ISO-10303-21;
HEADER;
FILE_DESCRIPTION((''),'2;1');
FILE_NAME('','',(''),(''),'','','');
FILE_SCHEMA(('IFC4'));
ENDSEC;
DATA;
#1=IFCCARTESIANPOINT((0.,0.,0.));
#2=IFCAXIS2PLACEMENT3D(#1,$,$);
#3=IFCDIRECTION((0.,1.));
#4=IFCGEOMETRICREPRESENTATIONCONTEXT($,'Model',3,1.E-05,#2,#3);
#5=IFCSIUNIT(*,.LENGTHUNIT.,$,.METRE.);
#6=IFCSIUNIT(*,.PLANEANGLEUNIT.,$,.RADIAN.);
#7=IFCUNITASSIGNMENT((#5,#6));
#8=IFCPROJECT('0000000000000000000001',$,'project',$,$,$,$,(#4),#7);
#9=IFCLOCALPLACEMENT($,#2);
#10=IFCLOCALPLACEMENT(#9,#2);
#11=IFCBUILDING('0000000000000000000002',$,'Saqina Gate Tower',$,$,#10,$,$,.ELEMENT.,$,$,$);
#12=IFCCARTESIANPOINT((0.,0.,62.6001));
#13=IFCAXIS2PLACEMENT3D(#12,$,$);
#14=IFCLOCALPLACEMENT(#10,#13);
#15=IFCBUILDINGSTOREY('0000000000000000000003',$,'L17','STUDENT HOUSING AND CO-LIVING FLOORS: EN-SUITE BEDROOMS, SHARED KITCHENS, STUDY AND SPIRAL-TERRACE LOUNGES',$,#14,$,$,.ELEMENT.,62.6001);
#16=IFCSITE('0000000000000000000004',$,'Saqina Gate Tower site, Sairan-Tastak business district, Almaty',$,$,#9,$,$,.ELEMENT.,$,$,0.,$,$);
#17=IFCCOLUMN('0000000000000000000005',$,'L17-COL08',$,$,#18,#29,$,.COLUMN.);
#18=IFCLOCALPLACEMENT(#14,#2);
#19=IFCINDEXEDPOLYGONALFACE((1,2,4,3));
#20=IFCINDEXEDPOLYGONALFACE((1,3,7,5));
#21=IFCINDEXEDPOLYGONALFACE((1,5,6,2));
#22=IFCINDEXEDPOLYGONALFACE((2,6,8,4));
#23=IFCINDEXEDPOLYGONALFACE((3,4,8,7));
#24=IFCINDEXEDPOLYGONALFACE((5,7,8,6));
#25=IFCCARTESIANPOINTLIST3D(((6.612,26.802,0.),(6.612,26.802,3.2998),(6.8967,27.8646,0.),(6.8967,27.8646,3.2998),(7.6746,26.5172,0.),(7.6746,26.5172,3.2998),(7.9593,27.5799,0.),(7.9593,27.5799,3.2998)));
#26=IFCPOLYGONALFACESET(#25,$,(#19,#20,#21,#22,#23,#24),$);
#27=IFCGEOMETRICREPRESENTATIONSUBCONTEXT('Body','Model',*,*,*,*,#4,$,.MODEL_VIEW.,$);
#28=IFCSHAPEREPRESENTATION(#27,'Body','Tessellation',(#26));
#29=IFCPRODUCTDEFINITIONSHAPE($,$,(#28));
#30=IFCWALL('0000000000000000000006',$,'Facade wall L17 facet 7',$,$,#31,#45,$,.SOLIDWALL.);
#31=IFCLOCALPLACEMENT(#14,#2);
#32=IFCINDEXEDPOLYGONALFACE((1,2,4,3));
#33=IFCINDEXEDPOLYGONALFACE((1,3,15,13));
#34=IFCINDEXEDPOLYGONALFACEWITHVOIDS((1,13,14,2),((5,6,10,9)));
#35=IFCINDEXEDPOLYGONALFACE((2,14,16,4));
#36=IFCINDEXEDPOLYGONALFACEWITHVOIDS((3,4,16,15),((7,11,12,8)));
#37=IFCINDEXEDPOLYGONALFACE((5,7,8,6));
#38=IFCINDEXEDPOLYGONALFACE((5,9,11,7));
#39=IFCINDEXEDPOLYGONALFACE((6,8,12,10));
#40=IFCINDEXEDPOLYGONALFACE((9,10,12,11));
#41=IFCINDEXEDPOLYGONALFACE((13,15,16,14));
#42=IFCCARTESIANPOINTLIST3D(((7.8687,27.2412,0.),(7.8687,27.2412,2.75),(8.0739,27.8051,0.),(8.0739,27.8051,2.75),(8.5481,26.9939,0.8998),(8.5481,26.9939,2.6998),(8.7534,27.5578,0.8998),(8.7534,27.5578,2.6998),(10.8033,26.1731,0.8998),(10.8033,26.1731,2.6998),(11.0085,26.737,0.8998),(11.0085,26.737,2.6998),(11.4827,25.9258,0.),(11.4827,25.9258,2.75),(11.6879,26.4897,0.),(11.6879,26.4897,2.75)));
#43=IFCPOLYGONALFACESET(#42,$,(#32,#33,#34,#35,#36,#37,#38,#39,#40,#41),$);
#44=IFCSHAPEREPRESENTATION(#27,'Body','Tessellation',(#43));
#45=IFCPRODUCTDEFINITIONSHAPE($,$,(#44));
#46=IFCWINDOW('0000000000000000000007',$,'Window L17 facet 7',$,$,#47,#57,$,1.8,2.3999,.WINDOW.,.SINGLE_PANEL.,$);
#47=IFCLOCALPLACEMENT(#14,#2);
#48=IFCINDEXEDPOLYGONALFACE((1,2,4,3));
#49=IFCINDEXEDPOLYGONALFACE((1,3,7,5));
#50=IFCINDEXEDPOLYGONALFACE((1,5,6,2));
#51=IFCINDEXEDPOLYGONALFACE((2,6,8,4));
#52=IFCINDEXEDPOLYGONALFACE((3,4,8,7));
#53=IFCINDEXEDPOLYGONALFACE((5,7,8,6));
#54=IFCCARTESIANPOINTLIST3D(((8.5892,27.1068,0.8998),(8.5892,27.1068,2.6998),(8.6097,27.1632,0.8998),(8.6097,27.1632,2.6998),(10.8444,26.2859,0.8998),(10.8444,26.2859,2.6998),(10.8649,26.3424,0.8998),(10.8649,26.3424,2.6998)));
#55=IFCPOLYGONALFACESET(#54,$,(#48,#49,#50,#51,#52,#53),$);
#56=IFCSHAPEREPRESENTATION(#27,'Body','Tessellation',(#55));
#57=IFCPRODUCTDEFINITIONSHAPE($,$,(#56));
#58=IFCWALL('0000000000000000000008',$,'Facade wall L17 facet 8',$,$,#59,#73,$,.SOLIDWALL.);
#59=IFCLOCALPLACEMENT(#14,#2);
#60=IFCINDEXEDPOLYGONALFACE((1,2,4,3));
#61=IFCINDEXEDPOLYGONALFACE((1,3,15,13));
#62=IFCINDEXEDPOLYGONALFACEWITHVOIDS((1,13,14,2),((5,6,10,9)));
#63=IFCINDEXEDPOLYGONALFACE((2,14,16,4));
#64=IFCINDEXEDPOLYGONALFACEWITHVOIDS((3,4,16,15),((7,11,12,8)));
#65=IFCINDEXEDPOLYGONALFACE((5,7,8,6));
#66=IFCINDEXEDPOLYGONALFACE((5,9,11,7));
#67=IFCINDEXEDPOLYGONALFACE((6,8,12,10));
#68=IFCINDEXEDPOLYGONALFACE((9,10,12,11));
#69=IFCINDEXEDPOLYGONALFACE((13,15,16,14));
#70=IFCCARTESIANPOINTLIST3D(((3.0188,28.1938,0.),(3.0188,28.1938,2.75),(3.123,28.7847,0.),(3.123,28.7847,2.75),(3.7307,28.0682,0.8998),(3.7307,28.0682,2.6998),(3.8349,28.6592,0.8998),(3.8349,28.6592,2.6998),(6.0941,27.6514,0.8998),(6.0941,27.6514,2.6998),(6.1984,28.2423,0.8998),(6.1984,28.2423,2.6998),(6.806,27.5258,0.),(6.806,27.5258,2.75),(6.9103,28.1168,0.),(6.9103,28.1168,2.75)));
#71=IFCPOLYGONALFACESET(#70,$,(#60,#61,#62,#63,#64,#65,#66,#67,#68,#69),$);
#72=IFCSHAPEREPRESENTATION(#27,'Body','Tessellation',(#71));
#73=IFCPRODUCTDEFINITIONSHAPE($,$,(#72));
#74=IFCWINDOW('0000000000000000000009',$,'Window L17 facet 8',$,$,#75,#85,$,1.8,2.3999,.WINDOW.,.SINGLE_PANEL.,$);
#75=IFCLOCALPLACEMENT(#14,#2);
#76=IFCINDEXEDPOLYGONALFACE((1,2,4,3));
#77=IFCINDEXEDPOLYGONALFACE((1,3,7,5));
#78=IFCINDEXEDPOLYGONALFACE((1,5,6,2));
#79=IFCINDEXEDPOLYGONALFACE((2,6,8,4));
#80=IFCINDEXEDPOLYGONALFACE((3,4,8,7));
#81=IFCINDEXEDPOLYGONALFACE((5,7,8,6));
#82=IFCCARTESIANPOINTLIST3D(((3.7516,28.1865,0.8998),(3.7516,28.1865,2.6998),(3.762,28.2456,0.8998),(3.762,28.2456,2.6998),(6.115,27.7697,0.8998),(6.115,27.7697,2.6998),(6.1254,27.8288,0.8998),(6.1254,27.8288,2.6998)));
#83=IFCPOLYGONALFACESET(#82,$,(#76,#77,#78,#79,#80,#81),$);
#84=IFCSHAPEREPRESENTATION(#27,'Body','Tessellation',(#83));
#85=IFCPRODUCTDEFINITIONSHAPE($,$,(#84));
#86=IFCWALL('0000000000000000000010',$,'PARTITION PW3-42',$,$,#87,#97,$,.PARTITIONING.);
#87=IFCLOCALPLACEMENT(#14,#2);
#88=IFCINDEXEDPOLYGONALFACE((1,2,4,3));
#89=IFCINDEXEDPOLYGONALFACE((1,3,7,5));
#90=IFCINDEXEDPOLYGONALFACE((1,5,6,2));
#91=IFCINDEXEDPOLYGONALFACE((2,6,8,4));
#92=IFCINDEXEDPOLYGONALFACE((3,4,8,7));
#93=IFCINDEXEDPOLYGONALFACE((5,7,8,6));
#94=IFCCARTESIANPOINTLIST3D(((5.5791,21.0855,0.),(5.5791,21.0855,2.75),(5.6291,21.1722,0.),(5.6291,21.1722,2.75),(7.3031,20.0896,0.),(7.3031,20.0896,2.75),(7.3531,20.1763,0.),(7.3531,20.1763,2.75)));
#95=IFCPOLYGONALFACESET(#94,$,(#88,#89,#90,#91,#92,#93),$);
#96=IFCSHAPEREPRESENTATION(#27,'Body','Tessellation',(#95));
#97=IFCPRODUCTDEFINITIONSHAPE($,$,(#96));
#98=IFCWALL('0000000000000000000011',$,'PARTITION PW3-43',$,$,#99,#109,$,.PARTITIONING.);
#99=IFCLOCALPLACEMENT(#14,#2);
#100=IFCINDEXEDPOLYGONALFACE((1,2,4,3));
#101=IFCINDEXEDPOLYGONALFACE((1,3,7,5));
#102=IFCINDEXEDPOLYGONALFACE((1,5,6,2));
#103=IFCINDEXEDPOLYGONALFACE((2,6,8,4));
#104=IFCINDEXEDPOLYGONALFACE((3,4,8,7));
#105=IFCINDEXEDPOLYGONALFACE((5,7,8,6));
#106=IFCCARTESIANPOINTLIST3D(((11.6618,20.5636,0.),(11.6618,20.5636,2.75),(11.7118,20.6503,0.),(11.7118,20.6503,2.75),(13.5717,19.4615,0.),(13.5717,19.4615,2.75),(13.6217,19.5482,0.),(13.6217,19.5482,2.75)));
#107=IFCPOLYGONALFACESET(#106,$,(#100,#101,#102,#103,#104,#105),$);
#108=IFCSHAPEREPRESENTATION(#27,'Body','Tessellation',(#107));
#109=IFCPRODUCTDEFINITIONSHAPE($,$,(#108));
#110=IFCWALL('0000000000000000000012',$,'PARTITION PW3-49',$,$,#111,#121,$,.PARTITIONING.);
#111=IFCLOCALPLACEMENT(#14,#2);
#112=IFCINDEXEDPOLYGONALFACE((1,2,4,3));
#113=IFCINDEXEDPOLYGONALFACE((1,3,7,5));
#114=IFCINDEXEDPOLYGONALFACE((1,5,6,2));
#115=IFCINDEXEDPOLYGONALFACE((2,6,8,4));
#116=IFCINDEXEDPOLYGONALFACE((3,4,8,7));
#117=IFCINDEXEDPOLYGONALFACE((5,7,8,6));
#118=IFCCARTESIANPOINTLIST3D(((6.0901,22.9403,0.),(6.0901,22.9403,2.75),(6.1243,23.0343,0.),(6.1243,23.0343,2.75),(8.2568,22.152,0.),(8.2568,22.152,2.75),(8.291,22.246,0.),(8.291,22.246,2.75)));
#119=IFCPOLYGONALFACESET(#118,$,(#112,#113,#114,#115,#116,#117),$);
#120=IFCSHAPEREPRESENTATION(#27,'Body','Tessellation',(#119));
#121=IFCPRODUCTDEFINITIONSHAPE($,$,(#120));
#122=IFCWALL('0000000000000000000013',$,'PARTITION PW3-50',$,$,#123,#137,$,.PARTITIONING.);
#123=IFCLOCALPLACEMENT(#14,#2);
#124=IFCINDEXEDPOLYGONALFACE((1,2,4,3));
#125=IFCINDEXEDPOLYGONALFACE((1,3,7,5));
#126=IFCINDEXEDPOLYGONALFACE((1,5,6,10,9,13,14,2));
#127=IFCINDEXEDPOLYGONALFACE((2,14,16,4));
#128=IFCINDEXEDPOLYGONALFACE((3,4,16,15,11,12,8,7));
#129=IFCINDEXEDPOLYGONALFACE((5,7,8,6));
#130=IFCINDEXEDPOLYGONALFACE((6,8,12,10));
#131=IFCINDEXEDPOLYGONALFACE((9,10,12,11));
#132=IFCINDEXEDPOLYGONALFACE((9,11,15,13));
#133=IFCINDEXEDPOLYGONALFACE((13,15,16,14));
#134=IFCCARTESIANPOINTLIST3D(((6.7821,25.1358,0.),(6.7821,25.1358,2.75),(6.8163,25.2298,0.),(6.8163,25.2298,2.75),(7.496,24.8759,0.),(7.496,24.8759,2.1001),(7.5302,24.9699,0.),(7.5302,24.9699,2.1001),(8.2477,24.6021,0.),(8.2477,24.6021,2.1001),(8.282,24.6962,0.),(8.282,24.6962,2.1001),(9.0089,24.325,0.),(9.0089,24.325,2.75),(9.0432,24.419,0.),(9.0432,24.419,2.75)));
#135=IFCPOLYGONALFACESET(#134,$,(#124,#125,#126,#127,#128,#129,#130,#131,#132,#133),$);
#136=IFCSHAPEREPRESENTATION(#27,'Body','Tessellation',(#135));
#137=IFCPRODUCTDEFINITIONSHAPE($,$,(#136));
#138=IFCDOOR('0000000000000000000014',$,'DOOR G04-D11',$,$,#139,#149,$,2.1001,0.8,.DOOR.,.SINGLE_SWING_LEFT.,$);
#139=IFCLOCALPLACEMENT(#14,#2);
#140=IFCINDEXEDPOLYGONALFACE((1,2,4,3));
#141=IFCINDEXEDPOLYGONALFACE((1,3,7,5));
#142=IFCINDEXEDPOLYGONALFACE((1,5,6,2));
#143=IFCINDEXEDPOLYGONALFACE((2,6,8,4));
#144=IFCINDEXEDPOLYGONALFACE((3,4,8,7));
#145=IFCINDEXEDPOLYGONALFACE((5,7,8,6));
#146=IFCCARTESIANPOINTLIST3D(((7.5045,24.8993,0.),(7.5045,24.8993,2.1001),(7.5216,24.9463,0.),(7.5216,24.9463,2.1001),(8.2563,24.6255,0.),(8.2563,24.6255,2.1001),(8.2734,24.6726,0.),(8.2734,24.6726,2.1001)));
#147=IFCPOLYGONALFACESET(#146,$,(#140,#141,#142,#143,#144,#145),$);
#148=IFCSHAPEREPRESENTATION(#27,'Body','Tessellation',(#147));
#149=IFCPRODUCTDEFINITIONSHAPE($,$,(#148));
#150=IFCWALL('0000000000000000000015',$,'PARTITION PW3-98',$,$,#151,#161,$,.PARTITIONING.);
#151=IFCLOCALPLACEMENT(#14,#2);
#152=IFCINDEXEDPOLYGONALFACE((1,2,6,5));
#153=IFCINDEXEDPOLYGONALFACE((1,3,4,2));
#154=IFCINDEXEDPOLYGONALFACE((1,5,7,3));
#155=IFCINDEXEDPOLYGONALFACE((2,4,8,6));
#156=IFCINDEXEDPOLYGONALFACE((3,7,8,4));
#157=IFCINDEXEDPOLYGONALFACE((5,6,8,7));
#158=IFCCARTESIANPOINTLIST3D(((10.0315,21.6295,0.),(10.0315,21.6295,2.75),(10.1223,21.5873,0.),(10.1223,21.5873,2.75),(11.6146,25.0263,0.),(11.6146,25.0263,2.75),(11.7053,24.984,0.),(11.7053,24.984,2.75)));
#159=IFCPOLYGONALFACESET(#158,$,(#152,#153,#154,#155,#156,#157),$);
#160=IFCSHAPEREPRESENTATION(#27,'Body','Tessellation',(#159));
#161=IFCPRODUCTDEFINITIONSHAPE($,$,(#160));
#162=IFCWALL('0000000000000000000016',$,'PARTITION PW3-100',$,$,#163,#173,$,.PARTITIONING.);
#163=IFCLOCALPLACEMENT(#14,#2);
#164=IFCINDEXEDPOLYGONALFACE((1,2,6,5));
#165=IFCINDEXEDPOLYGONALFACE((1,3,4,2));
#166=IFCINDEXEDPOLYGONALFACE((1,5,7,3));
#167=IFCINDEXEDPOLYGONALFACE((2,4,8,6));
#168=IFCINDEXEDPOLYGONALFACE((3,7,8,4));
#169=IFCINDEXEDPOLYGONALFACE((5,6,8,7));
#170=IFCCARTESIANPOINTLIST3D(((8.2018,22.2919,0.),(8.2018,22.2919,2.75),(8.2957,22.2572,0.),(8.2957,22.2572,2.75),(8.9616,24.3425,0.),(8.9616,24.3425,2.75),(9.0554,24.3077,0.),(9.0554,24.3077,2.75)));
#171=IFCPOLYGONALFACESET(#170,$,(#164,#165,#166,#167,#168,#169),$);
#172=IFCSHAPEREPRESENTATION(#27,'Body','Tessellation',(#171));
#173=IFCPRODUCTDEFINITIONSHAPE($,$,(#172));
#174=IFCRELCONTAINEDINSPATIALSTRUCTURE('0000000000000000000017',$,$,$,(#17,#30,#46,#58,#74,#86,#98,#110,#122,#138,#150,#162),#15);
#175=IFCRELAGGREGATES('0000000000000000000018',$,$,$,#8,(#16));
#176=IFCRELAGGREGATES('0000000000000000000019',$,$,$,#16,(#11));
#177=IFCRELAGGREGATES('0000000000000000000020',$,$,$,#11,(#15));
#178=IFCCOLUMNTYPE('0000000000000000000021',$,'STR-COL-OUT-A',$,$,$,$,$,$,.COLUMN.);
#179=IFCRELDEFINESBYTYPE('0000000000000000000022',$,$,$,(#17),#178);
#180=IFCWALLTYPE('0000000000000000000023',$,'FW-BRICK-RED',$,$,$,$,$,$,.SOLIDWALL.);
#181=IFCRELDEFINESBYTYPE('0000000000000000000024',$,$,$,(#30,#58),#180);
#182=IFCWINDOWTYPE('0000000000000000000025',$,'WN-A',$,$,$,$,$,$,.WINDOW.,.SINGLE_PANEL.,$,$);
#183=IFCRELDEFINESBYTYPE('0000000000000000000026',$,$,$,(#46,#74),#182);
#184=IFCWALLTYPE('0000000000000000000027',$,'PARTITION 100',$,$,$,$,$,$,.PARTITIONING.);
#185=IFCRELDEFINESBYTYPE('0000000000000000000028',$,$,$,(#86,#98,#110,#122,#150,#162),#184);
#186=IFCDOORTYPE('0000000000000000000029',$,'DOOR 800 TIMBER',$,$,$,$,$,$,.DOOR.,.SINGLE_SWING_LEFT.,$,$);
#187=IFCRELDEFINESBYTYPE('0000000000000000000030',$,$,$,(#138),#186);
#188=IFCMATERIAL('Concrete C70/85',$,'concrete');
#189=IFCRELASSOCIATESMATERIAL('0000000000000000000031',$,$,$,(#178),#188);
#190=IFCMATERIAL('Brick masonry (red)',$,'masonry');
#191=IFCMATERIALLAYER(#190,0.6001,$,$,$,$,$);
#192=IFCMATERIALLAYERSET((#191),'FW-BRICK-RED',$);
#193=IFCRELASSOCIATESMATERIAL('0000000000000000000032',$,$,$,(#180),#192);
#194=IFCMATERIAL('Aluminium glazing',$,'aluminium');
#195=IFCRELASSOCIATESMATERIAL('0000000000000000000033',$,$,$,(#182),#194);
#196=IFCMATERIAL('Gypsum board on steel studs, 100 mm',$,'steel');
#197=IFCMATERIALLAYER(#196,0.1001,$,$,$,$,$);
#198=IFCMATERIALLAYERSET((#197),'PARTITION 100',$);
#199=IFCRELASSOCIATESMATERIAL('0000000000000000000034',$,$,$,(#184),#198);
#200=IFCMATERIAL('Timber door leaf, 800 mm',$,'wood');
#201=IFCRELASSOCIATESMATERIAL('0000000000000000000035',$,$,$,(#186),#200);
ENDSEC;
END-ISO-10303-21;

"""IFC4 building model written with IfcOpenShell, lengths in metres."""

from ifc_helpers import new_model, si_unit, direction, frame, frame_2d, origin, origin_2d, place, context, subcontext, project, spatial, rectangle, extrude, material, layer, layer_set, material_profile, profile_set, type_object, element, fill, save


model = new_model("IFC4")

# Units and contexts
model_context = context("Model", 3, precision=1e-05, world=origin(), true_north=direction((0.0, 1.0)))
body_context = subcontext(model_context, "Body", "Model", "MODEL_VIEW")
ifc_project = project(units=[si_unit("LENGTHUNIT", "METRE"), si_unit("PLANEANGLEUNIT", "RADIAN")], contexts=[model_context])

# Site, building, storey
site_placement = place(None, origin())
site = spatial("IfcSite", under=ifc_project, at=site_placement, Name="Saqina Gate Tower site, Sairan-Tastak business district, Almaty", CompositionType="ELEMENT", RefElevation=0.0)
building_placement = place(site_placement, origin())
building = spatial("IfcBuilding", under=site, at=building_placement, Name="Saqina Gate Tower", CompositionType="ELEMENT")
storey_placement = place(building_placement, frame((0.0, 0.0, 62.6001)))
storey = spatial("IfcBuildingStorey", under=building, at=storey_placement, Name="L17", Description="STUDENT HOUSING AND CO-LIVING FLOORS: EN-SUITE BEDROOMS, SHARED KITCHENS, STUDY AND SPIRAL-TERRACE LOUNGES", CompositionType="ELEMENT", Elevation=62.6001)

# Column
ifc_material_1 = material(Name="Concrete C70/85", Category="concrete")
ifc_material_profile = material_profile(ifc_material_1, rectangle(XDim=1.1001, YDim=1.1001, at=origin_2d()), Name="RC 1100x1100")
ifc_profile_set = profile_set([ifc_material_profile], Name="Concrete C70/85")
column_type = type_object("IfcColumnType", Name="STR-COL-OUT-A", PredefinedType="COLUMN", material=ifc_profile_set)
column_placement = place(storey_placement, frame((7.2856, 27.1909, 0.0), z_axis=(0.0, 0.0, 1.0), x_axis=(0.258819, 0.965926, 0.0)))
element("IfcColumn", 1, at=column_placement, inside=storey, type_object=column_type, Name="L17-COL08", PredefinedType="COLUMN", context=body_context, shape_type="SweptSolid", body=[
    extrude(rectangle(XDim=1.1001, YDim=1.1001, at=origin_2d()), origin(), (0.0, 0.0, 1.0), 3.2998),
])

# Walls, openings, windows
ifc_material_2 = material(Name="Brick masonry (red)", Category="masonry")
ifc_layer_1 = layer(ifc_material_2, 0.6001)
ifc_layer_set_1 = layer_set([ifc_layer_1], Name="FW-BRICK-RED")
wall_type_1 = type_object("IfcWallType", Name="FW-BRICK-RED", PredefinedType="SOLIDWALL", material=ifc_layer_set_1)
wall_1_placement = place(storey_placement, frame((11.5852, 26.2078, 0.0), z_axis=(0.0, 0.0, 1.0), x_axis=(-0.93969, 0.342028, 0.0)))
wall_1 = element("IfcWall", 2, at=wall_1_placement, inside=storey, type_object=wall_type_1, Name="Facade wall L17 facet 7", PredefinedType="SOLIDWALL", context=body_context, shape_type="SweptSolid", body=[
    extrude(rectangle(XDim=3.8459, YDim=0.6001, at=frame_2d((1.9229, 0.0))), origin(), (0.0, 0.0, 1.0), 2.75),
])
opening_1_placement = place(wall_1_placement, frame((0.7229, 0.0, 0.8999)))
opening_1 = element("IfcOpeningElement", 3, at=opening_1_placement, cuts=wall_1, PredefinedType="OPENING", context=body_context, shape_type="SweptSolid", body=[
    extrude(rectangle(XDim=2.3999, YDim=1.8, at=frame_2d((1.2, 0.8999))), frame((0.0, 0.312, 0.0), z_axis=(0.0, -1.0, 0.0), x_axis=(1.0, 0.0, 0.0)), (0.0, 0.0, 1.0), 0.624),
])
ifc_material_3 = material(Name="Aluminium glazing", Category="aluminium")
window_type = type_object("IfcWindowType", Name="WN-A", PartitioningType="SINGLE_PANEL", PredefinedType="WINDOW", material=ifc_material_3)
window_1_placement = place(opening_1_placement, origin())
window_1 = element("IfcWindow", 4, at=window_1_placement, inside=storey, type_object=window_type, Name="Window L17 facet 7", OverallHeight=1.8, OverallWidth=2.3999, PartitioningType="SINGLE_PANEL", PredefinedType="WINDOW", context=body_context, shape_type="SweptSolid", body=[
    extrude(rectangle(XDim=2.3999, YDim=1.8, at=frame_2d((1.2, 0.8999))), frame((0.0, 0.1799, 0.0), z_axis=(0.0, -1.0, 0.0), x_axis=(1.0, 0.0, 0.0)), (0.0, 0.0, 1.0), 0.0601),
])
fill(opening_1, window_1)
wall_2_placement = place(storey_placement, frame((6.8582, 27.8213, 0.0), z_axis=(0.0, 0.0, 1.0), x_axis=(-0.984801, 0.173688, 0.0)))
wall_2 = element("IfcWall", 5, at=wall_2_placement, inside=storey, type_object=wall_type_1, Name="Facade wall L17 facet 8", PredefinedType="SOLIDWALL", context=body_context, shape_type="SweptSolid", body=[
    extrude(rectangle(XDim=3.8457, YDim=0.6001, at=frame_2d((1.9229, 0.0))), origin(), (0.0, 0.0, 1.0), 2.75),
])
opening_2_placement = place(wall_2_placement, frame((0.7229, 0.0, 0.8999)))
opening_2 = element("IfcOpeningElement", 6, at=opening_2_placement, cuts=wall_2, PredefinedType="OPENING", context=body_context, shape_type="SweptSolid", body=[
    extrude(rectangle(XDim=2.3999, YDim=1.8, at=frame_2d((1.2, 0.8999))), frame((0.0, 0.312, 0.0), z_axis=(0.0, -1.0, 0.0), x_axis=(1.0, 0.0, 0.0)), (0.0, 0.0, 1.0), 0.624),
])
window_2_placement = place(opening_2_placement, origin())
window_2 = element("IfcWindow", 7, at=window_2_placement, inside=storey, type_object=window_type, Name="Window L17 facet 8", OverallHeight=1.8, OverallWidth=2.3999, PartitioningType="SINGLE_PANEL", PredefinedType="WINDOW", context=body_context, shape_type="SweptSolid", body=[
    extrude(rectangle(XDim=2.3999, YDim=1.8, at=frame_2d((1.2, 0.8999))), frame((0.0, 0.1799, 0.0), z_axis=(0.0, -1.0, 0.0), x_axis=(1.0, 0.0, 0.0)), (0.0, 0.0, 1.0), 0.0601),
])
fill(opening_2, window_2)

# Walls
ifc_material_4 = material(Name="Gypsum board on steel studs, 100 mm", Category="steel")
ifc_layer_2 = layer(ifc_material_4, 0.1001)
ifc_layer_set_2 = layer_set([ifc_layer_2], Name="PARTITION 100")
wall_type_2 = type_object("IfcWallType", Name="PARTITION 100", PredefinedType="PARTITIONING", material=ifc_layer_set_2)
wall_3_placement = place(storey_placement, frame((5.604, 21.1289, 0.0), z_axis=(0.0, 0.0, 1.0), x_axis=(0.865902, -0.500214, 0.0)))
element("IfcWall", 8, at=wall_3_placement, inside=storey, type_object=wall_type_2, Name="PARTITION PW3-42", PredefinedType="PARTITIONING", context=body_context, shape_type="SweptSolid", body=[
    extrude(rectangle(XDim=1.991, YDim=0.1001, at=frame_2d((0.9956, 0.0))), origin(), (0.0, 0.0, 1.0), 2.75),
])
wall_4_placement = place(storey_placement, frame((11.6868, 20.6069, 0.0), z_axis=(0.0, 0.0, 1.0), x_axis=(0.866151, -0.499783, 0.0)))
element("IfcWall", 9, at=wall_4_placement, inside=storey, type_object=wall_type_2, Name="PARTITION PW3-43", PredefinedType="PARTITIONING", context=body_context, shape_type="SweptSolid", body=[
    extrude(rectangle(XDim=2.2051, YDim=0.1001, at=frame_2d((1.1025, 0.0))), origin(), (0.0, 0.0, 1.0), 2.75),
])
wall_5_placement = place(storey_placement, frame((6.1072, 22.9873, 0.0), z_axis=(0.0, 0.0, 1.0), x_axis=(0.939735, -0.341905, 0.0)))
element("IfcWall", 10, at=wall_5_placement, inside=storey, type_object=wall_type_2, Name="PARTITION PW3-49", PredefinedType="PARTITIONING", context=body_context, shape_type="SweptSolid", body=[
    extrude(rectangle(XDim=2.3057, YDim=0.1001, at=frame_2d((1.1528, 0.0))), origin(), (0.0, 0.0, 1.0), 2.75),
])

# Wall, opening, door
wall_6_placement = place(storey_placement, frame((6.7991, 25.1829, 0.0), z_axis=(0.0, 0.0, 1.0), x_axis=(0.939652, -0.342132, 0.0)))
wall_6 = element("IfcWall", 11, at=wall_6_placement, inside=storey, type_object=wall_type_2, Name="PARTITION PW3-50", PredefinedType="PARTITIONING", context=body_context, shape_type="SweptSolid", body=[
    extrude(rectangle(XDim=2.3699, YDim=0.1001, at=frame_2d((1.1851, 0.0))), origin(), (0.0, 0.0, 1.0), 2.75),
])
opening_3_placement = place(wall_6_placement, frame((0.76, 0.0, 0.0)))
opening_3 = element("IfcOpeningElement", 12, at=opening_3_placement, cuts=wall_6, PredefinedType="OPENING", context=body_context, shape_type="SweptSolid", body=[
    extrude(rectangle(XDim=0.8, YDim=2.1001, at=frame_2d((0.3999, 1.05))), frame((0.0, 0.062, 0.0), z_axis=(0.0, -1.0, 0.0), x_axis=(1.0, 0.0, 0.0)), (0.0, 0.0, 1.0), 0.124),
])
ifc_material_5 = material(Name="Timber door leaf, 800 mm", Category="wood")
door_type_1 = type_object("IfcDoorType", Name="DOOR 800 TIMBER", OperationType="SINGLE_SWING_LEFT", PredefinedType="DOOR", material=ifc_material_5)
door_1_placement = place(opening_3_placement, origin())
door_1 = element("IfcDoor", 13, at=door_1_placement, inside=storey, type_object=door_type_1, Name="DOOR G04-D11", OperationType="SINGLE_SWING_LEFT", OverallHeight=2.1001, OverallWidth=0.8, PredefinedType="DOOR", context=body_context, shape_type="SweptSolid", body=[
    extrude(rectangle(XDim=0.8, YDim=2.1001, at=frame_2d((0.3999, 1.05))), frame((0.0, 0.0249, 0.0), z_axis=(0.0, -1.0, 0.0), x_axis=(1.0, 0.0, 0.0)), (0.0, 0.0, 1.0), 0.05),
])
fill(opening_3, door_1)

# Walls
wall_7_placement = place(storey_placement, frame((10.0769, 21.6084, 0.0), z_axis=(0.0, 0.0, 1.0), x_axis=(0.422418, 0.906401, 0.0)))
element("IfcWall", 14, at=wall_7_placement, inside=storey, type_object=wall_type_2, Name="PARTITION PW3-98", PredefinedType="PARTITIONING", context=body_context, shape_type="SweptSolid", body=[
    extrude(rectangle(XDim=3.7476, YDim=0.1001, at=frame_2d((1.8738, 0.0))), origin(), (0.0, 0.0, 1.0), 2.75),
])
wall_8_placement = place(storey_placement, frame((8.2488, 22.2747, 0.0), z_axis=(0.0, 0.0, 1.0), x_axis=(0.347438, 0.937703, 0.0)))
element("IfcWall", 15, at=wall_8_placement, inside=storey, type_object=wall_type_2, Name="PARTITION PW3-100", PredefinedType="PARTITIONING", context=body_context, shape_type="SweptSolid", body=[
    extrude(rectangle(XDim=2.1868, YDim=0.1001, at=frame_2d((1.0933, 0.0))), origin(), (0.0, 0.0, 1.0), 2.75),
])

save(model, "model.ifc")
